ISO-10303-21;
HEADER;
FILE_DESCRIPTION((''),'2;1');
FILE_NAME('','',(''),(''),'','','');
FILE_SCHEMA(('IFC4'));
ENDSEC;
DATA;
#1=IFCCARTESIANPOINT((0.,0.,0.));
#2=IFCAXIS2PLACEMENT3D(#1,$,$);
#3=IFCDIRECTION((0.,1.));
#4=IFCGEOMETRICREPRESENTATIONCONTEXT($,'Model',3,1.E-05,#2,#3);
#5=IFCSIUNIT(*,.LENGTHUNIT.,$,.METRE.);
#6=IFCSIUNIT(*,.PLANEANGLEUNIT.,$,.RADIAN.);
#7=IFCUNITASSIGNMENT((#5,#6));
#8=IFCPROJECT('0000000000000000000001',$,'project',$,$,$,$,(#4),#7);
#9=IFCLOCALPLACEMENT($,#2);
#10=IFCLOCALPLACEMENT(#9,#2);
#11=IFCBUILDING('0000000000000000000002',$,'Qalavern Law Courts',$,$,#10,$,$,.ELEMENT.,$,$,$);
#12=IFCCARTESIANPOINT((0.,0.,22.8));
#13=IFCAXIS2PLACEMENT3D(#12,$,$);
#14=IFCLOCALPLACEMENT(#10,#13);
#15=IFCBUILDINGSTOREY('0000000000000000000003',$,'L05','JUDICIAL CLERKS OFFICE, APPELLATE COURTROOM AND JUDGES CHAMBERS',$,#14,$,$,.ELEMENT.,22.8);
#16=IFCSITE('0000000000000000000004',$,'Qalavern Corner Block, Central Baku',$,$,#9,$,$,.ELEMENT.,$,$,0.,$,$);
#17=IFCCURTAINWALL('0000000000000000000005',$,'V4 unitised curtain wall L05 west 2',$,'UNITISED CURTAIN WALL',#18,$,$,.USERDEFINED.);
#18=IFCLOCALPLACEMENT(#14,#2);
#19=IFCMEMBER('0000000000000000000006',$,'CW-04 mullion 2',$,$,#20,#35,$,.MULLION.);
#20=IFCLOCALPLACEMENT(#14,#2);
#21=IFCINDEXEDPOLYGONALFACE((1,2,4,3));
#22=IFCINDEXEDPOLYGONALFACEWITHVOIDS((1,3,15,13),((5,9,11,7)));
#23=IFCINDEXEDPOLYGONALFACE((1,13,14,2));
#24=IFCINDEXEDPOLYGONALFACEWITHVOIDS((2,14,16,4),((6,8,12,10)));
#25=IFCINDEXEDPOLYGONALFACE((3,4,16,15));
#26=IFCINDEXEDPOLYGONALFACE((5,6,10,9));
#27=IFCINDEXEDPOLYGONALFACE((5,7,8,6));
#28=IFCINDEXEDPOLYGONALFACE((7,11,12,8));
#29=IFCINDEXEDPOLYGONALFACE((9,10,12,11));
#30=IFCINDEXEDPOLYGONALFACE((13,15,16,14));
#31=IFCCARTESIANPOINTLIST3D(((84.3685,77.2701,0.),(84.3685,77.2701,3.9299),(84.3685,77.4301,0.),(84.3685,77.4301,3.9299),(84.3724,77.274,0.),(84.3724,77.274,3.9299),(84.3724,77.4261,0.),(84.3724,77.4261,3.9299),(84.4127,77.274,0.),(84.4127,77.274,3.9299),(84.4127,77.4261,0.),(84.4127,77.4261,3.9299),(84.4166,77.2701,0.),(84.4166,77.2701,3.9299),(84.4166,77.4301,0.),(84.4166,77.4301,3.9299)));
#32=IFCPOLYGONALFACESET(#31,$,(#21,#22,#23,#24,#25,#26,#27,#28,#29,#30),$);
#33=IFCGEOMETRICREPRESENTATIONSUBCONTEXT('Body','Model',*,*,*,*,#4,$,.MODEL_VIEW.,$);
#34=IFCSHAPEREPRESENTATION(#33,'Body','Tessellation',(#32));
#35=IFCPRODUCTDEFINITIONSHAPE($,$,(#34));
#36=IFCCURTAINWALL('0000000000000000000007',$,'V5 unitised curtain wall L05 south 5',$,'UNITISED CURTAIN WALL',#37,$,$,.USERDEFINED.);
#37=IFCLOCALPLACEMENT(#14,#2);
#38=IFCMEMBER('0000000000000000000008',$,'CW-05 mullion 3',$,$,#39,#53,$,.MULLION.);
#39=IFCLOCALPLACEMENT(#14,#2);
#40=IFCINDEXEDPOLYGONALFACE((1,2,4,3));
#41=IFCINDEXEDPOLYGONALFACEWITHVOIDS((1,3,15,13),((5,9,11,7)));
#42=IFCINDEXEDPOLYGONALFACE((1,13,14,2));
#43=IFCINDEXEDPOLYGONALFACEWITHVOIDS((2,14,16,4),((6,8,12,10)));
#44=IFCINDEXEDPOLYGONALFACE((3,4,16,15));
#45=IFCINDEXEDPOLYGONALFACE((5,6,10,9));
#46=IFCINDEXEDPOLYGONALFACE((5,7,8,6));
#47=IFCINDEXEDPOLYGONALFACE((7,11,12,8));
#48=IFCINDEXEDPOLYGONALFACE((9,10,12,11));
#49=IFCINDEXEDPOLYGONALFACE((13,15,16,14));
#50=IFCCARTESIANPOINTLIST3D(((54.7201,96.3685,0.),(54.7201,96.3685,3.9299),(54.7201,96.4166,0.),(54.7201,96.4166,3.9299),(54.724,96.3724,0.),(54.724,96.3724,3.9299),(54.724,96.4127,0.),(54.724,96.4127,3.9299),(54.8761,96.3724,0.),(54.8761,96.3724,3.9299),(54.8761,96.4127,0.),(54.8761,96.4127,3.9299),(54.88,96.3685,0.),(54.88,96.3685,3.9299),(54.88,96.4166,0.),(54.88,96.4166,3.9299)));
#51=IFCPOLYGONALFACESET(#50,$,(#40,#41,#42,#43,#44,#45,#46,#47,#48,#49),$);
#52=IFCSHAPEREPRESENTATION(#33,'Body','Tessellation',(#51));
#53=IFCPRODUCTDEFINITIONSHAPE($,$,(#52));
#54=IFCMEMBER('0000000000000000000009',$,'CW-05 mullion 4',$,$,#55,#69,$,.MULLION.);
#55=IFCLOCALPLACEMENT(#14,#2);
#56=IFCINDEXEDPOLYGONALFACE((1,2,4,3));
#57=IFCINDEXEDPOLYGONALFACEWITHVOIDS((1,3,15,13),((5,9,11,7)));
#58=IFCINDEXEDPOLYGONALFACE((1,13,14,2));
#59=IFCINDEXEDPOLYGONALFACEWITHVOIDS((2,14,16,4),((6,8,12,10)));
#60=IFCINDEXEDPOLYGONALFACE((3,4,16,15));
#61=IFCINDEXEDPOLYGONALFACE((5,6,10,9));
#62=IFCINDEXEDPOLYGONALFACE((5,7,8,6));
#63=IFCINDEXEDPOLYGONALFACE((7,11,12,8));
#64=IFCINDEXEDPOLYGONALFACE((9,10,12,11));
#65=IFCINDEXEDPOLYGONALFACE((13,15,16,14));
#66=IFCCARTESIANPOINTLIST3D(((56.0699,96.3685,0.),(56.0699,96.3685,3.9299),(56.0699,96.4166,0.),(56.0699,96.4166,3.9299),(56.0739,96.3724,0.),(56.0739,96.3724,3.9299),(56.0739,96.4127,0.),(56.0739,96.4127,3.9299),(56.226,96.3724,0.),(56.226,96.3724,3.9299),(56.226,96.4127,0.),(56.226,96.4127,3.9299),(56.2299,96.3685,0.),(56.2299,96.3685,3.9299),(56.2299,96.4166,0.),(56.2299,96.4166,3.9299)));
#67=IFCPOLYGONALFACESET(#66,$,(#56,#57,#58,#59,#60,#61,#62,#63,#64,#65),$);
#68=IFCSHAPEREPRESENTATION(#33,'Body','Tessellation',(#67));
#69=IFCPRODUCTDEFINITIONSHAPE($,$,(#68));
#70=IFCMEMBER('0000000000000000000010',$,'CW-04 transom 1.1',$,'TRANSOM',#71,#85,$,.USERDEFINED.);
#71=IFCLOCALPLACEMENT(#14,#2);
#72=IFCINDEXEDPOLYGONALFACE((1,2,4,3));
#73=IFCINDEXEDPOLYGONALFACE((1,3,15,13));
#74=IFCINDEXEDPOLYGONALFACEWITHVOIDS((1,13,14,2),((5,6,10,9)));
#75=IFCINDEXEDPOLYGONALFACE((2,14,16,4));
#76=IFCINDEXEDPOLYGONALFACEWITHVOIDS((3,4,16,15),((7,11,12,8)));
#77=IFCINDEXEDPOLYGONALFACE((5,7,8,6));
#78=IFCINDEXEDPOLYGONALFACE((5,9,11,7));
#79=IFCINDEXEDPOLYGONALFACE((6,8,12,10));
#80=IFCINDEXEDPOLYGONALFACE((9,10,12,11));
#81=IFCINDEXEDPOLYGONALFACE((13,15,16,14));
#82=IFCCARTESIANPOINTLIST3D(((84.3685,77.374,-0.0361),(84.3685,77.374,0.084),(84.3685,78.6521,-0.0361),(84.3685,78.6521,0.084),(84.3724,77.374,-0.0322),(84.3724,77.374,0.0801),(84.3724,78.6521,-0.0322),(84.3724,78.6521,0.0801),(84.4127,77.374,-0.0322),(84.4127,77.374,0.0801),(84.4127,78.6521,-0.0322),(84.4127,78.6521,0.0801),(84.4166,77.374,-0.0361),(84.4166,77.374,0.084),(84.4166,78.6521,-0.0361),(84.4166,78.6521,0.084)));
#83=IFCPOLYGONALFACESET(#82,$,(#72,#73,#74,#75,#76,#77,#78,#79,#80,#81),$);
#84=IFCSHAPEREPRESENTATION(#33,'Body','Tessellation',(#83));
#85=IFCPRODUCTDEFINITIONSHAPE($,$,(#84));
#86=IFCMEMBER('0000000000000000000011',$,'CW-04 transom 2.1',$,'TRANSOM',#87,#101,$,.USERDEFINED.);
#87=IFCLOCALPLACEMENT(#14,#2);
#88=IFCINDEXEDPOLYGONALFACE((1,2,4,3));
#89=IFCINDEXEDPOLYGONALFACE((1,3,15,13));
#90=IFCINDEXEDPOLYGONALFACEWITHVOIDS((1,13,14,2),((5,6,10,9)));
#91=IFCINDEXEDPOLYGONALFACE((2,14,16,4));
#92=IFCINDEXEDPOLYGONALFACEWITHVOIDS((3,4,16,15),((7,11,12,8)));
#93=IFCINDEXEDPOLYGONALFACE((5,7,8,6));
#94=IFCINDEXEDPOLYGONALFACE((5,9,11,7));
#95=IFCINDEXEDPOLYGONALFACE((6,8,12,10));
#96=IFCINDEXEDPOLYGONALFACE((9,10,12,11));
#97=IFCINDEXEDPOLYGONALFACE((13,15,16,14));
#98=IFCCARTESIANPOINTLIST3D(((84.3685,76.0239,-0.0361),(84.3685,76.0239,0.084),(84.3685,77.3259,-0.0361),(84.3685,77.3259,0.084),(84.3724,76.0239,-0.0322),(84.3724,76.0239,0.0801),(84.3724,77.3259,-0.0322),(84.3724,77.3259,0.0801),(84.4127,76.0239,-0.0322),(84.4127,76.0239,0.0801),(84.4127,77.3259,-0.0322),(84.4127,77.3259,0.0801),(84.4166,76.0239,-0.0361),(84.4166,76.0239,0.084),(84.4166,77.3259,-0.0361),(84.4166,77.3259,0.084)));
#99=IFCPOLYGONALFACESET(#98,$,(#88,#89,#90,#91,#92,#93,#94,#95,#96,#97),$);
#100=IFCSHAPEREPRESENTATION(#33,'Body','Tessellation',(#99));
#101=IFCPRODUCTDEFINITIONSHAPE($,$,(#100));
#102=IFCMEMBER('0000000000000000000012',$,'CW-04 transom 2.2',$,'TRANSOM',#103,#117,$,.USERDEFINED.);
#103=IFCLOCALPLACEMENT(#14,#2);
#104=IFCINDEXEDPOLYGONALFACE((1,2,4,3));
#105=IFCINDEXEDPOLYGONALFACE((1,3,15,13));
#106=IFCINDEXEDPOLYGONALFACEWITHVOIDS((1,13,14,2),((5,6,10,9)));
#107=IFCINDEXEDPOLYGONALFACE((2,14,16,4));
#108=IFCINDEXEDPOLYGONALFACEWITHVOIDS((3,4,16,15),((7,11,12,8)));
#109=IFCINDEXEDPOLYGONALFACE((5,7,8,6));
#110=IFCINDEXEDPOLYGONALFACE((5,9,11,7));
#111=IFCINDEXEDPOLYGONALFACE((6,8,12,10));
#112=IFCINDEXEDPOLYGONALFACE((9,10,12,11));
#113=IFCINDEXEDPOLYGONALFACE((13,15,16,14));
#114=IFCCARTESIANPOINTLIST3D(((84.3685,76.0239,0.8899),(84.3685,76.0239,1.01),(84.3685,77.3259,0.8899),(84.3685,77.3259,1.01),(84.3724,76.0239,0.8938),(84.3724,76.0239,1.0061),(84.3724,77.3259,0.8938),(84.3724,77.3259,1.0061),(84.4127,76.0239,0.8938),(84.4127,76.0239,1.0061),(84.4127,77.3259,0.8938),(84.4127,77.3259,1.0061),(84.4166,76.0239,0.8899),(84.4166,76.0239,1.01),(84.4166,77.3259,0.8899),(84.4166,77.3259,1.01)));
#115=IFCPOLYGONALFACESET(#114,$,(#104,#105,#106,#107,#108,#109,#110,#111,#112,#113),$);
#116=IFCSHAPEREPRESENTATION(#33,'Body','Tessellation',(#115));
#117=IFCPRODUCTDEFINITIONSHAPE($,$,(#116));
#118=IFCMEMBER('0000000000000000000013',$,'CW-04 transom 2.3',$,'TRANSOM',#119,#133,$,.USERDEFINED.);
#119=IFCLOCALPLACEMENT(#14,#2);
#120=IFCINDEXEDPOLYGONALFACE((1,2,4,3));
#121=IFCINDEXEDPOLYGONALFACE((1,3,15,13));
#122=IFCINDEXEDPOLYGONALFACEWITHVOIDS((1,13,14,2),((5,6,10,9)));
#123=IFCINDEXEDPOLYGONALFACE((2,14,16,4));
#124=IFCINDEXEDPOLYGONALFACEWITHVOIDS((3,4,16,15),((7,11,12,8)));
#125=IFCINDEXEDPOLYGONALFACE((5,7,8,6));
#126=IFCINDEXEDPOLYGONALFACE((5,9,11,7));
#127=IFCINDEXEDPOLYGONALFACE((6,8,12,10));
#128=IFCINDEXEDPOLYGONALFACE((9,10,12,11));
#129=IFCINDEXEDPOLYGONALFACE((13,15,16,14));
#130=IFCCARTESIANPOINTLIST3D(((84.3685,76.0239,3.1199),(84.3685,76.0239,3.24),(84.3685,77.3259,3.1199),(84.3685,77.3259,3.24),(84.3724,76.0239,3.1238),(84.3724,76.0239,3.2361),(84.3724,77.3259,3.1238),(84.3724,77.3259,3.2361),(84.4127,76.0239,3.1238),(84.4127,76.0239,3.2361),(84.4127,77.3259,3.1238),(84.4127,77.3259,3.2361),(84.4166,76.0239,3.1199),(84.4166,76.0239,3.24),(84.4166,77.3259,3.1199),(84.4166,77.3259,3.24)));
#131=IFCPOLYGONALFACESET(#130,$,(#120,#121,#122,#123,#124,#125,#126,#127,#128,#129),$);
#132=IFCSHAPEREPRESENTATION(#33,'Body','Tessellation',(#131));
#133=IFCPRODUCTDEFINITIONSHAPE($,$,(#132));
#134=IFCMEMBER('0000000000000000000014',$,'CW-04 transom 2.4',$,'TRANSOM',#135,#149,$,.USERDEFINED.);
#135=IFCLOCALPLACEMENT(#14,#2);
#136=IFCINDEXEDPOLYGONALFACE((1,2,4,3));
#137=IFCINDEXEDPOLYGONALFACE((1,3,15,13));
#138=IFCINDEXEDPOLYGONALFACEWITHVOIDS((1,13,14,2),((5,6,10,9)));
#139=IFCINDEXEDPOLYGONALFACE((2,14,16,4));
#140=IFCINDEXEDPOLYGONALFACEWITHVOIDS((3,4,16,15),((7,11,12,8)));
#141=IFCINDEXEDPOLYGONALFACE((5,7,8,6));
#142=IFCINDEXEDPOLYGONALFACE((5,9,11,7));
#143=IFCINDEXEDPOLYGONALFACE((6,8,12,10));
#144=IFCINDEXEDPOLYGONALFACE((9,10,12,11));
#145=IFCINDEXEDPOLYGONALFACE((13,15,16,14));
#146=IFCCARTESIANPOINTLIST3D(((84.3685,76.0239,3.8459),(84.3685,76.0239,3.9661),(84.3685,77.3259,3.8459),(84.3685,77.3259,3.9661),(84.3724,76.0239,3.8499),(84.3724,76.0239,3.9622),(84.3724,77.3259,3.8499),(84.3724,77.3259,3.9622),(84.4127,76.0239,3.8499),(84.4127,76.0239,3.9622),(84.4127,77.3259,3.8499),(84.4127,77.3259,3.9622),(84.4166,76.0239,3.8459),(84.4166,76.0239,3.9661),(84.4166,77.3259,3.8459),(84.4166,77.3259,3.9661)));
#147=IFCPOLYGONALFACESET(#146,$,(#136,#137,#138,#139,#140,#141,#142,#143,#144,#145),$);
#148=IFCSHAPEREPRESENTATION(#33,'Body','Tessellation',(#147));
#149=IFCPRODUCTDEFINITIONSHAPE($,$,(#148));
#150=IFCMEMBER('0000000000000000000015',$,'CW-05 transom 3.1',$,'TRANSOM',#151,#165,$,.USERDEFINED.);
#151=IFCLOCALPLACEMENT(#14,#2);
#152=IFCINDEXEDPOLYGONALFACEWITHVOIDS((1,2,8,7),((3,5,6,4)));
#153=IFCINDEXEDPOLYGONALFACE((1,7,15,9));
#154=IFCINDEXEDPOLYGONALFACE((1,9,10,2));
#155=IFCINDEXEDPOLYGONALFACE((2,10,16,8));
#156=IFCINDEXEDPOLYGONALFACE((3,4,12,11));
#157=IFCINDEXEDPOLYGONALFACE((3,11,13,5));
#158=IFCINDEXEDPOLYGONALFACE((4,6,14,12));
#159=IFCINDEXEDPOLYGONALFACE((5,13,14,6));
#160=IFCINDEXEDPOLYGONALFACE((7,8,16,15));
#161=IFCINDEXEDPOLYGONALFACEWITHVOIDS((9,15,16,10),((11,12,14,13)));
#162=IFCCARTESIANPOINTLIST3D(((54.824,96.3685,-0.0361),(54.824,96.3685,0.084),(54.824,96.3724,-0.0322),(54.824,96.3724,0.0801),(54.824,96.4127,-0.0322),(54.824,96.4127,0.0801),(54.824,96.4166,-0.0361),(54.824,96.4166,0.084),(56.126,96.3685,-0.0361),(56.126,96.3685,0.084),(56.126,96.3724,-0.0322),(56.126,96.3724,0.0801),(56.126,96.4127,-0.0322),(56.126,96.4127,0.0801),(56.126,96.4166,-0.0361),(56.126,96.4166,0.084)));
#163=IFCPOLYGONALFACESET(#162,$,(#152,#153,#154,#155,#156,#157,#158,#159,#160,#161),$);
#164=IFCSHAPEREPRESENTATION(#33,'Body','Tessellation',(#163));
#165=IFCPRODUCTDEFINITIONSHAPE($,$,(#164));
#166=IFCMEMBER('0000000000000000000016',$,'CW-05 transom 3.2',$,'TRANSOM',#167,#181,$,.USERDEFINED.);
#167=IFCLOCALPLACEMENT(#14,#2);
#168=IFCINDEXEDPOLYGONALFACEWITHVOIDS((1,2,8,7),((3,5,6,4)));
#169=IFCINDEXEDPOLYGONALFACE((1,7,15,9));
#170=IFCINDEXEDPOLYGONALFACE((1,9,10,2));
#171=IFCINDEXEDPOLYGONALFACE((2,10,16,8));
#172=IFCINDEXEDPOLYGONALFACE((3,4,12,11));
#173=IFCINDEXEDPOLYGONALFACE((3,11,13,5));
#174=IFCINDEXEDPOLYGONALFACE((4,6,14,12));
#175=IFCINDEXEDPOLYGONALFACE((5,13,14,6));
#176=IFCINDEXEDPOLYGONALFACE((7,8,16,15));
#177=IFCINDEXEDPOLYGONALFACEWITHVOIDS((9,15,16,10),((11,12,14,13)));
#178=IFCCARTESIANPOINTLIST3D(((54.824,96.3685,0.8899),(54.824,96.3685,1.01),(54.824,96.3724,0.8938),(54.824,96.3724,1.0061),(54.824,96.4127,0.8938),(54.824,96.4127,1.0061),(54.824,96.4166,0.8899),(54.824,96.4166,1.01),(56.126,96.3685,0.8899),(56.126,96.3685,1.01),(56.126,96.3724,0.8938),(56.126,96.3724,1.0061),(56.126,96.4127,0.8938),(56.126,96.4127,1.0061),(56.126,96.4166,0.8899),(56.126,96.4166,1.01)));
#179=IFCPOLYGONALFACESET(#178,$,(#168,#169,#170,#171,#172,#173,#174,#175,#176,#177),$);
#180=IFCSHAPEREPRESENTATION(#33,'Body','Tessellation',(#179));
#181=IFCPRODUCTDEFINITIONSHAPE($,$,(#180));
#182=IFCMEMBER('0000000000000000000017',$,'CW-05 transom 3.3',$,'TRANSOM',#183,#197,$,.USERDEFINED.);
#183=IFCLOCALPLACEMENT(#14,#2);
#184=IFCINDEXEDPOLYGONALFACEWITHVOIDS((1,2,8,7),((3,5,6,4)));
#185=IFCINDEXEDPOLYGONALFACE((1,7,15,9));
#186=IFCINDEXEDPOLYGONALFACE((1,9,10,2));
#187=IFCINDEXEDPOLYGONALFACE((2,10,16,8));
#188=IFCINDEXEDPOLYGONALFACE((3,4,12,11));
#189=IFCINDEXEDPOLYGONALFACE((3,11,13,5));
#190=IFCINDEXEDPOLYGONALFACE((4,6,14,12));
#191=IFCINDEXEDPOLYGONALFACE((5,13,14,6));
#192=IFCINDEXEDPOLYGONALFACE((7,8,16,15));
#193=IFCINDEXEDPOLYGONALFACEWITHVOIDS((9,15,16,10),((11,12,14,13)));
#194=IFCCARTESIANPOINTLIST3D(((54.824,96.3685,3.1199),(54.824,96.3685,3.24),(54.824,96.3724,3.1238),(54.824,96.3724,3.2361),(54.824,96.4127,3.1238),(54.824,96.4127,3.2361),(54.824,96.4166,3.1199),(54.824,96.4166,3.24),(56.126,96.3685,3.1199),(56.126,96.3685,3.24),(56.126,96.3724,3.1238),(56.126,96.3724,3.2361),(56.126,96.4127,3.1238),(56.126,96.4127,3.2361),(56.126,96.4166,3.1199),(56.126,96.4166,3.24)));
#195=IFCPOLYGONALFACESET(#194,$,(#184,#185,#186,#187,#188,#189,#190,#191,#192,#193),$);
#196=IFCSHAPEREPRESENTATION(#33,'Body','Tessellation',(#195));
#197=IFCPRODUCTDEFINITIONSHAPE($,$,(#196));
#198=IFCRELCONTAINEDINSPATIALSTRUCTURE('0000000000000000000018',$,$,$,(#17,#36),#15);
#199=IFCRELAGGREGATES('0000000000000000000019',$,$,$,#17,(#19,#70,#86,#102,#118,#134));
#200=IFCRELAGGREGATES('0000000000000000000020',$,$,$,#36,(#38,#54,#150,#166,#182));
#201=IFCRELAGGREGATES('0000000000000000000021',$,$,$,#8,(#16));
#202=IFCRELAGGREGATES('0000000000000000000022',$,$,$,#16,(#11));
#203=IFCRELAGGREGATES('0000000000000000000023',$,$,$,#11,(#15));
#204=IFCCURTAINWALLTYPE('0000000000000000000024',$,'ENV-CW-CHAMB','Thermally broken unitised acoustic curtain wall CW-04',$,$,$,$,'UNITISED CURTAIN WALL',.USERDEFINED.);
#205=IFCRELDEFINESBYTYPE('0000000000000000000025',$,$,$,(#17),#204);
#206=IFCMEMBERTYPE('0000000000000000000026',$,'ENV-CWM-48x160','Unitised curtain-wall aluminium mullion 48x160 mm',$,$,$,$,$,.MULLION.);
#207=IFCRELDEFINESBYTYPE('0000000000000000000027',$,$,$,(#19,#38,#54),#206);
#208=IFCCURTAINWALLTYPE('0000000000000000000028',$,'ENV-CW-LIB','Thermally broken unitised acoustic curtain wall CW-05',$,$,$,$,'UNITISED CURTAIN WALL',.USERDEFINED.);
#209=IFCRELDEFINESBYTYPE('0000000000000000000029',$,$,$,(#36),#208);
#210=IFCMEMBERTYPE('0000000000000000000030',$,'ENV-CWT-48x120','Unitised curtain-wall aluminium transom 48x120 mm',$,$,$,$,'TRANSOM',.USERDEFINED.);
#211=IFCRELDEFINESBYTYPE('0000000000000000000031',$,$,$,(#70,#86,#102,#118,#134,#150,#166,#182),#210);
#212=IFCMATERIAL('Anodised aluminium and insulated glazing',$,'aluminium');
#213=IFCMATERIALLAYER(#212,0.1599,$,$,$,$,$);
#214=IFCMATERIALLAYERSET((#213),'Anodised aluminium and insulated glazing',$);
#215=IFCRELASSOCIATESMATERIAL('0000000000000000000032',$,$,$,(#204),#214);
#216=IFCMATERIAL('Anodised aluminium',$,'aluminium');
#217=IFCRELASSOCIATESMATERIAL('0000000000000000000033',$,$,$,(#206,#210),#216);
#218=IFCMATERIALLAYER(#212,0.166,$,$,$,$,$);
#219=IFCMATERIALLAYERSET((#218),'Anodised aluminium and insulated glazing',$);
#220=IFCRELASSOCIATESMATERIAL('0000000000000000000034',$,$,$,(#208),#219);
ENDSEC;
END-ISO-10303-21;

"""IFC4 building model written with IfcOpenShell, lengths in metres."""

from ifc_helpers import new_model, si_unit, direction, frame, origin, origin_2d, place, context, subcontext, project, spatial, hollow_rectangle, extrude, material, layer, layer_set, material_profile, profile_set, type_object, element, aggregate, save


model = new_model("IFC4")

# Units and contexts
model_context = context("Model", 3, precision=1e-05, world=origin(), true_north=direction((0.0, 1.0)))
body_context = subcontext(model_context, "Body", "Model", "MODEL_VIEW")
ifc_project = project(units=[si_unit("LENGTHUNIT", "METRE"), si_unit("PLANEANGLEUNIT", "RADIAN")], contexts=[model_context])

# Site, building, storey
site_placement = place(None, origin())
site = spatial("IfcSite", under=ifc_project, at=site_placement, Name="Qalavern Corner Block, Central Baku", CompositionType="ELEMENT", RefElevation=0.0)
building_placement = place(site_placement, origin())
building = spatial("IfcBuilding", under=site, at=building_placement, Name="Qalavern Law Courts", CompositionType="ELEMENT")
storey_placement = place(building_placement, frame((0.0, 0.0, 22.8)))
storey = spatial("IfcBuildingStorey", under=building, at=storey_placement, Name="L05", Description="JUDICIAL CLERKS OFFICE, APPELLATE COURTROOM AND JUDGES CHAMBERS", CompositionType="ELEMENT", Elevation=22.8)

# Curtain wall, member
ifc_material_1 = material(Name="Anodised aluminium and insulated glazing", Category="aluminium")
ifc_layer_1 = layer(ifc_material_1, 0.1599)
ifc_layer_set_1 = layer_set([ifc_layer_1], Name="Anodised aluminium and insulated glazing")
curtain_wall_type_1 = type_object("IfcCurtainWallType", Name="ENV-CW-CHAMB", Description="Thermally broken unitised acoustic curtain wall CW-04", ElementType="UNITISED CURTAIN WALL", PredefinedType="USERDEFINED", material=ifc_layer_set_1)
curtain_wall_1_placement = place(storey_placement, origin())
curtain_wall_1 = element("IfcCurtainWall", 1, at=curtain_wall_1_placement, inside=storey, type_object=curtain_wall_type_1, Name="V4 unitised curtain wall L05 west 2", ObjectType="UNITISED CURTAIN WALL", PredefinedType="USERDEFINED")
ifc_material_2 = material(Name="Anodised aluminium", Category="aluminium")
ifc_material_profile_1 = material_profile(ifc_material_2, hollow_rectangle(XDim=0.0481, YDim=0.1599, WallThickness=0.0039, at=origin_2d()), Name="ALU MULLION 48x160")
ifc_profile_set_1 = profile_set([ifc_material_profile_1], Name="Anodised aluminium")
member_type_1 = type_object("IfcMemberType", Name="ENV-CWM-48x160", Description="Unitised curtain-wall aluminium mullion 48x160 mm", PredefinedType="MULLION", material=ifc_profile_set_1)
member_1_placement = place(storey_placement, frame((84.3926, 77.3501, 0.0), z_axis=(0.0, 0.0, 1.0), x_axis=(1.0, 0.0, 0.0)))
member_1 = element("IfcMember", 2, at=member_1_placement, type_object=member_type_1, Name="CW-04 mullion 2", PredefinedType="MULLION", context=body_context, shape_type="SweptSolid", body=[
    extrude(hollow_rectangle(XDim=0.0481, YDim=0.1599, WallThickness=0.0039, at=origin_2d()), origin(), (0.0, 0.0, 1.0), 3.9299),
])

# Curtain wall, members
ifc_layer_2 = layer(ifc_material_1, 0.166)
ifc_layer_set_2 = layer_set([ifc_layer_2], Name="Anodised aluminium and insulated glazing")
curtain_wall_type_2 = type_object("IfcCurtainWallType", Name="ENV-CW-LIB", Description="Thermally broken unitised acoustic curtain wall CW-05", ElementType="UNITISED CURTAIN WALL", PredefinedType="USERDEFINED", material=ifc_layer_set_2)
curtain_wall_2_placement = place(storey_placement, origin())
curtain_wall_2 = element("IfcCurtainWall", 3, at=curtain_wall_2_placement, inside=storey, type_object=curtain_wall_type_2, Name="V5 unitised curtain wall L05 south 5", ObjectType="UNITISED CURTAIN WALL", PredefinedType="USERDEFINED")
member_2_placement = place(storey_placement, frame((54.8, 96.3926, 0.0), z_axis=(0.0, 0.0, 1.0), x_axis=(0.0, 1.0, 0.0)))
member_2 = element("IfcMember", 4, at=member_2_placement, type_object=member_type_1, Name="CW-05 mullion 3", PredefinedType="MULLION", context=body_context, shape_type="SweptSolid", body=[
    extrude(hollow_rectangle(XDim=0.0481, YDim=0.1599, WallThickness=0.0039, at=origin_2d()), origin(), (0.0, 0.0, 1.0), 3.9299),
])
member_3_placement = place(storey_placement, frame((56.1499, 96.3926, 0.0), z_axis=(0.0, 0.0, 1.0), x_axis=(0.0, 1.0, 0.0)))
member_3 = element("IfcMember", 5, at=member_3_placement, type_object=member_type_1, Name="CW-05 mullion 4", PredefinedType="MULLION", context=body_context, shape_type="SweptSolid", body=[
    extrude(hollow_rectangle(XDim=0.0481, YDim=0.1599, WallThickness=0.0039, at=origin_2d()), origin(), (0.0, 0.0, 1.0), 3.9299),
])

# Members
ifc_material_profile_2 = material_profile(ifc_material_2, hollow_rectangle(XDim=0.0481, YDim=0.1201, WallThickness=0.0039, at=origin_2d()), Name="ALU TRANSOM 48x120")
ifc_profile_set_2 = profile_set([ifc_material_profile_2], Name="Anodised aluminium")
member_type_2 = type_object("IfcMemberType", Name="ENV-CWT-48x120", Description="Unitised curtain-wall aluminium transom 48x120 mm", ElementType="TRANSOM", PredefinedType="USERDEFINED", material=ifc_profile_set_2)
member_4_placement = place(storey_placement, frame((84.3926, 78.6521, 0.0239), z_axis=(0.0, -1.0, 0.0), x_axis=(1.0, 0.0, 0.0)))
member_4 = element("IfcMember", 6, at=member_4_placement, type_object=member_type_2, Name="CW-04 transom 1.1", ObjectType="TRANSOM", PredefinedType="USERDEFINED", context=body_context, shape_type="SweptSolid", body=[
    extrude(hollow_rectangle(XDim=0.0481, YDim=0.1201, WallThickness=0.0039, at=origin_2d()), origin(), (0.0, 0.0, 1.0), 1.2781),
])
member_5_placement = place(storey_placement, frame((84.3926, 77.3259, 0.0239), z_axis=(0.0, -1.0, 0.0), x_axis=(1.0, 0.0, 0.0)))
member_5 = element("IfcMember", 7, at=member_5_placement, type_object=member_type_2, Name="CW-04 transom 2.1", ObjectType="TRANSOM", PredefinedType="USERDEFINED", context=body_context, shape_type="SweptSolid", body=[
    extrude(hollow_rectangle(XDim=0.0481, YDim=0.1201, WallThickness=0.0039, at=origin_2d()), origin(), (0.0, 0.0, 1.0), 1.302),
])
member_6_placement = place(storey_placement, frame((84.3926, 77.3259, 0.95), z_axis=(0.0, -1.0, 0.0), x_axis=(1.0, 0.0, 0.0)))
member_6 = element("IfcMember", 8, at=member_6_placement, type_object=member_type_2, Name="CW-04 transom 2.2", ObjectType="TRANSOM", PredefinedType="USERDEFINED", context=body_context, shape_type="SweptSolid", body=[
    extrude(hollow_rectangle(XDim=0.0481, YDim=0.1201, WallThickness=0.0039, at=origin_2d()), origin(), (0.0, 0.0, 1.0), 1.302),
])
member_7_placement = place(storey_placement, frame((84.3926, 77.3259, 3.1799), z_axis=(0.0, -1.0, 0.0), x_axis=(1.0, 0.0, 0.0)))
member_7 = element("IfcMember", 9, at=member_7_placement, type_object=member_type_2, Name="CW-04 transom 2.3", ObjectType="TRANSOM", PredefinedType="USERDEFINED", context=body_context, shape_type="SweptSolid", body=[
    extrude(hollow_rectangle(XDim=0.0481, YDim=0.1201, WallThickness=0.0039, at=origin_2d()), origin(), (0.0, 0.0, 1.0), 1.302),
])
member_8_placement = place(storey_placement, frame((84.3926, 77.3259, 3.906), z_axis=(0.0, -1.0, 0.0), x_axis=(1.0, 0.0, 0.0)))
member_8 = element("IfcMember", 10, at=member_8_placement, type_object=member_type_2, Name="CW-04 transom 2.4", ObjectType="TRANSOM", PredefinedType="USERDEFINED", context=body_context, shape_type="SweptSolid", body=[
    extrude(hollow_rectangle(XDim=0.0481, YDim=0.1201, WallThickness=0.0039, at=origin_2d()), origin(), (0.0, 0.0, 1.0), 1.302),
])
member_9_placement = place(storey_placement, frame((54.824, 96.3926, 0.0239), z_axis=(1.0, 0.0, 0.0), x_axis=(0.0, 1.0, 0.0)))
member_9 = element("IfcMember", 11, at=member_9_placement, type_object=member_type_2, Name="CW-05 transom 3.1", ObjectType="TRANSOM", PredefinedType="USERDEFINED", context=body_context, shape_type="SweptSolid", body=[
    extrude(hollow_rectangle(XDim=0.0481, YDim=0.1201, WallThickness=0.0039, at=origin_2d()), origin(), (0.0, 0.0, 1.0), 1.302),
])
member_10_placement = place(storey_placement, frame((54.824, 96.3926, 0.95), z_axis=(1.0, 0.0, 0.0), x_axis=(0.0, 1.0, 0.0)))
member_10 = element("IfcMember", 12, at=member_10_placement, type_object=member_type_2, Name="CW-05 transom 3.2", ObjectType="TRANSOM", PredefinedType="USERDEFINED", context=body_context, shape_type="SweptSolid", body=[
    extrude(hollow_rectangle(XDim=0.0481, YDim=0.1201, WallThickness=0.0039, at=origin_2d()), origin(), (0.0, 0.0, 1.0), 1.302),
])
member_11_placement = place(storey_placement, frame((54.824, 96.3926, 3.1799), z_axis=(1.0, 0.0, 0.0), x_axis=(0.0, 1.0, 0.0)))
member_11 = element("IfcMember", 13, at=member_11_placement, type_object=member_type_2, Name="CW-05 transom 3.3", ObjectType="TRANSOM", PredefinedType="USERDEFINED", context=body_context, shape_type="SweptSolid", body=[
    extrude(hollow_rectangle(XDim=0.0481, YDim=0.1201, WallThickness=0.0039, at=origin_2d()), origin(), (0.0, 0.0, 1.0), 1.302),
])

aggregate(curtain_wall_1, [member_1, member_4, member_5, member_6, member_7, member_8])
aggregate(curtain_wall_2, [member_2, member_3, member_9, member_10, member_11])

save(model, "model.ifc")
